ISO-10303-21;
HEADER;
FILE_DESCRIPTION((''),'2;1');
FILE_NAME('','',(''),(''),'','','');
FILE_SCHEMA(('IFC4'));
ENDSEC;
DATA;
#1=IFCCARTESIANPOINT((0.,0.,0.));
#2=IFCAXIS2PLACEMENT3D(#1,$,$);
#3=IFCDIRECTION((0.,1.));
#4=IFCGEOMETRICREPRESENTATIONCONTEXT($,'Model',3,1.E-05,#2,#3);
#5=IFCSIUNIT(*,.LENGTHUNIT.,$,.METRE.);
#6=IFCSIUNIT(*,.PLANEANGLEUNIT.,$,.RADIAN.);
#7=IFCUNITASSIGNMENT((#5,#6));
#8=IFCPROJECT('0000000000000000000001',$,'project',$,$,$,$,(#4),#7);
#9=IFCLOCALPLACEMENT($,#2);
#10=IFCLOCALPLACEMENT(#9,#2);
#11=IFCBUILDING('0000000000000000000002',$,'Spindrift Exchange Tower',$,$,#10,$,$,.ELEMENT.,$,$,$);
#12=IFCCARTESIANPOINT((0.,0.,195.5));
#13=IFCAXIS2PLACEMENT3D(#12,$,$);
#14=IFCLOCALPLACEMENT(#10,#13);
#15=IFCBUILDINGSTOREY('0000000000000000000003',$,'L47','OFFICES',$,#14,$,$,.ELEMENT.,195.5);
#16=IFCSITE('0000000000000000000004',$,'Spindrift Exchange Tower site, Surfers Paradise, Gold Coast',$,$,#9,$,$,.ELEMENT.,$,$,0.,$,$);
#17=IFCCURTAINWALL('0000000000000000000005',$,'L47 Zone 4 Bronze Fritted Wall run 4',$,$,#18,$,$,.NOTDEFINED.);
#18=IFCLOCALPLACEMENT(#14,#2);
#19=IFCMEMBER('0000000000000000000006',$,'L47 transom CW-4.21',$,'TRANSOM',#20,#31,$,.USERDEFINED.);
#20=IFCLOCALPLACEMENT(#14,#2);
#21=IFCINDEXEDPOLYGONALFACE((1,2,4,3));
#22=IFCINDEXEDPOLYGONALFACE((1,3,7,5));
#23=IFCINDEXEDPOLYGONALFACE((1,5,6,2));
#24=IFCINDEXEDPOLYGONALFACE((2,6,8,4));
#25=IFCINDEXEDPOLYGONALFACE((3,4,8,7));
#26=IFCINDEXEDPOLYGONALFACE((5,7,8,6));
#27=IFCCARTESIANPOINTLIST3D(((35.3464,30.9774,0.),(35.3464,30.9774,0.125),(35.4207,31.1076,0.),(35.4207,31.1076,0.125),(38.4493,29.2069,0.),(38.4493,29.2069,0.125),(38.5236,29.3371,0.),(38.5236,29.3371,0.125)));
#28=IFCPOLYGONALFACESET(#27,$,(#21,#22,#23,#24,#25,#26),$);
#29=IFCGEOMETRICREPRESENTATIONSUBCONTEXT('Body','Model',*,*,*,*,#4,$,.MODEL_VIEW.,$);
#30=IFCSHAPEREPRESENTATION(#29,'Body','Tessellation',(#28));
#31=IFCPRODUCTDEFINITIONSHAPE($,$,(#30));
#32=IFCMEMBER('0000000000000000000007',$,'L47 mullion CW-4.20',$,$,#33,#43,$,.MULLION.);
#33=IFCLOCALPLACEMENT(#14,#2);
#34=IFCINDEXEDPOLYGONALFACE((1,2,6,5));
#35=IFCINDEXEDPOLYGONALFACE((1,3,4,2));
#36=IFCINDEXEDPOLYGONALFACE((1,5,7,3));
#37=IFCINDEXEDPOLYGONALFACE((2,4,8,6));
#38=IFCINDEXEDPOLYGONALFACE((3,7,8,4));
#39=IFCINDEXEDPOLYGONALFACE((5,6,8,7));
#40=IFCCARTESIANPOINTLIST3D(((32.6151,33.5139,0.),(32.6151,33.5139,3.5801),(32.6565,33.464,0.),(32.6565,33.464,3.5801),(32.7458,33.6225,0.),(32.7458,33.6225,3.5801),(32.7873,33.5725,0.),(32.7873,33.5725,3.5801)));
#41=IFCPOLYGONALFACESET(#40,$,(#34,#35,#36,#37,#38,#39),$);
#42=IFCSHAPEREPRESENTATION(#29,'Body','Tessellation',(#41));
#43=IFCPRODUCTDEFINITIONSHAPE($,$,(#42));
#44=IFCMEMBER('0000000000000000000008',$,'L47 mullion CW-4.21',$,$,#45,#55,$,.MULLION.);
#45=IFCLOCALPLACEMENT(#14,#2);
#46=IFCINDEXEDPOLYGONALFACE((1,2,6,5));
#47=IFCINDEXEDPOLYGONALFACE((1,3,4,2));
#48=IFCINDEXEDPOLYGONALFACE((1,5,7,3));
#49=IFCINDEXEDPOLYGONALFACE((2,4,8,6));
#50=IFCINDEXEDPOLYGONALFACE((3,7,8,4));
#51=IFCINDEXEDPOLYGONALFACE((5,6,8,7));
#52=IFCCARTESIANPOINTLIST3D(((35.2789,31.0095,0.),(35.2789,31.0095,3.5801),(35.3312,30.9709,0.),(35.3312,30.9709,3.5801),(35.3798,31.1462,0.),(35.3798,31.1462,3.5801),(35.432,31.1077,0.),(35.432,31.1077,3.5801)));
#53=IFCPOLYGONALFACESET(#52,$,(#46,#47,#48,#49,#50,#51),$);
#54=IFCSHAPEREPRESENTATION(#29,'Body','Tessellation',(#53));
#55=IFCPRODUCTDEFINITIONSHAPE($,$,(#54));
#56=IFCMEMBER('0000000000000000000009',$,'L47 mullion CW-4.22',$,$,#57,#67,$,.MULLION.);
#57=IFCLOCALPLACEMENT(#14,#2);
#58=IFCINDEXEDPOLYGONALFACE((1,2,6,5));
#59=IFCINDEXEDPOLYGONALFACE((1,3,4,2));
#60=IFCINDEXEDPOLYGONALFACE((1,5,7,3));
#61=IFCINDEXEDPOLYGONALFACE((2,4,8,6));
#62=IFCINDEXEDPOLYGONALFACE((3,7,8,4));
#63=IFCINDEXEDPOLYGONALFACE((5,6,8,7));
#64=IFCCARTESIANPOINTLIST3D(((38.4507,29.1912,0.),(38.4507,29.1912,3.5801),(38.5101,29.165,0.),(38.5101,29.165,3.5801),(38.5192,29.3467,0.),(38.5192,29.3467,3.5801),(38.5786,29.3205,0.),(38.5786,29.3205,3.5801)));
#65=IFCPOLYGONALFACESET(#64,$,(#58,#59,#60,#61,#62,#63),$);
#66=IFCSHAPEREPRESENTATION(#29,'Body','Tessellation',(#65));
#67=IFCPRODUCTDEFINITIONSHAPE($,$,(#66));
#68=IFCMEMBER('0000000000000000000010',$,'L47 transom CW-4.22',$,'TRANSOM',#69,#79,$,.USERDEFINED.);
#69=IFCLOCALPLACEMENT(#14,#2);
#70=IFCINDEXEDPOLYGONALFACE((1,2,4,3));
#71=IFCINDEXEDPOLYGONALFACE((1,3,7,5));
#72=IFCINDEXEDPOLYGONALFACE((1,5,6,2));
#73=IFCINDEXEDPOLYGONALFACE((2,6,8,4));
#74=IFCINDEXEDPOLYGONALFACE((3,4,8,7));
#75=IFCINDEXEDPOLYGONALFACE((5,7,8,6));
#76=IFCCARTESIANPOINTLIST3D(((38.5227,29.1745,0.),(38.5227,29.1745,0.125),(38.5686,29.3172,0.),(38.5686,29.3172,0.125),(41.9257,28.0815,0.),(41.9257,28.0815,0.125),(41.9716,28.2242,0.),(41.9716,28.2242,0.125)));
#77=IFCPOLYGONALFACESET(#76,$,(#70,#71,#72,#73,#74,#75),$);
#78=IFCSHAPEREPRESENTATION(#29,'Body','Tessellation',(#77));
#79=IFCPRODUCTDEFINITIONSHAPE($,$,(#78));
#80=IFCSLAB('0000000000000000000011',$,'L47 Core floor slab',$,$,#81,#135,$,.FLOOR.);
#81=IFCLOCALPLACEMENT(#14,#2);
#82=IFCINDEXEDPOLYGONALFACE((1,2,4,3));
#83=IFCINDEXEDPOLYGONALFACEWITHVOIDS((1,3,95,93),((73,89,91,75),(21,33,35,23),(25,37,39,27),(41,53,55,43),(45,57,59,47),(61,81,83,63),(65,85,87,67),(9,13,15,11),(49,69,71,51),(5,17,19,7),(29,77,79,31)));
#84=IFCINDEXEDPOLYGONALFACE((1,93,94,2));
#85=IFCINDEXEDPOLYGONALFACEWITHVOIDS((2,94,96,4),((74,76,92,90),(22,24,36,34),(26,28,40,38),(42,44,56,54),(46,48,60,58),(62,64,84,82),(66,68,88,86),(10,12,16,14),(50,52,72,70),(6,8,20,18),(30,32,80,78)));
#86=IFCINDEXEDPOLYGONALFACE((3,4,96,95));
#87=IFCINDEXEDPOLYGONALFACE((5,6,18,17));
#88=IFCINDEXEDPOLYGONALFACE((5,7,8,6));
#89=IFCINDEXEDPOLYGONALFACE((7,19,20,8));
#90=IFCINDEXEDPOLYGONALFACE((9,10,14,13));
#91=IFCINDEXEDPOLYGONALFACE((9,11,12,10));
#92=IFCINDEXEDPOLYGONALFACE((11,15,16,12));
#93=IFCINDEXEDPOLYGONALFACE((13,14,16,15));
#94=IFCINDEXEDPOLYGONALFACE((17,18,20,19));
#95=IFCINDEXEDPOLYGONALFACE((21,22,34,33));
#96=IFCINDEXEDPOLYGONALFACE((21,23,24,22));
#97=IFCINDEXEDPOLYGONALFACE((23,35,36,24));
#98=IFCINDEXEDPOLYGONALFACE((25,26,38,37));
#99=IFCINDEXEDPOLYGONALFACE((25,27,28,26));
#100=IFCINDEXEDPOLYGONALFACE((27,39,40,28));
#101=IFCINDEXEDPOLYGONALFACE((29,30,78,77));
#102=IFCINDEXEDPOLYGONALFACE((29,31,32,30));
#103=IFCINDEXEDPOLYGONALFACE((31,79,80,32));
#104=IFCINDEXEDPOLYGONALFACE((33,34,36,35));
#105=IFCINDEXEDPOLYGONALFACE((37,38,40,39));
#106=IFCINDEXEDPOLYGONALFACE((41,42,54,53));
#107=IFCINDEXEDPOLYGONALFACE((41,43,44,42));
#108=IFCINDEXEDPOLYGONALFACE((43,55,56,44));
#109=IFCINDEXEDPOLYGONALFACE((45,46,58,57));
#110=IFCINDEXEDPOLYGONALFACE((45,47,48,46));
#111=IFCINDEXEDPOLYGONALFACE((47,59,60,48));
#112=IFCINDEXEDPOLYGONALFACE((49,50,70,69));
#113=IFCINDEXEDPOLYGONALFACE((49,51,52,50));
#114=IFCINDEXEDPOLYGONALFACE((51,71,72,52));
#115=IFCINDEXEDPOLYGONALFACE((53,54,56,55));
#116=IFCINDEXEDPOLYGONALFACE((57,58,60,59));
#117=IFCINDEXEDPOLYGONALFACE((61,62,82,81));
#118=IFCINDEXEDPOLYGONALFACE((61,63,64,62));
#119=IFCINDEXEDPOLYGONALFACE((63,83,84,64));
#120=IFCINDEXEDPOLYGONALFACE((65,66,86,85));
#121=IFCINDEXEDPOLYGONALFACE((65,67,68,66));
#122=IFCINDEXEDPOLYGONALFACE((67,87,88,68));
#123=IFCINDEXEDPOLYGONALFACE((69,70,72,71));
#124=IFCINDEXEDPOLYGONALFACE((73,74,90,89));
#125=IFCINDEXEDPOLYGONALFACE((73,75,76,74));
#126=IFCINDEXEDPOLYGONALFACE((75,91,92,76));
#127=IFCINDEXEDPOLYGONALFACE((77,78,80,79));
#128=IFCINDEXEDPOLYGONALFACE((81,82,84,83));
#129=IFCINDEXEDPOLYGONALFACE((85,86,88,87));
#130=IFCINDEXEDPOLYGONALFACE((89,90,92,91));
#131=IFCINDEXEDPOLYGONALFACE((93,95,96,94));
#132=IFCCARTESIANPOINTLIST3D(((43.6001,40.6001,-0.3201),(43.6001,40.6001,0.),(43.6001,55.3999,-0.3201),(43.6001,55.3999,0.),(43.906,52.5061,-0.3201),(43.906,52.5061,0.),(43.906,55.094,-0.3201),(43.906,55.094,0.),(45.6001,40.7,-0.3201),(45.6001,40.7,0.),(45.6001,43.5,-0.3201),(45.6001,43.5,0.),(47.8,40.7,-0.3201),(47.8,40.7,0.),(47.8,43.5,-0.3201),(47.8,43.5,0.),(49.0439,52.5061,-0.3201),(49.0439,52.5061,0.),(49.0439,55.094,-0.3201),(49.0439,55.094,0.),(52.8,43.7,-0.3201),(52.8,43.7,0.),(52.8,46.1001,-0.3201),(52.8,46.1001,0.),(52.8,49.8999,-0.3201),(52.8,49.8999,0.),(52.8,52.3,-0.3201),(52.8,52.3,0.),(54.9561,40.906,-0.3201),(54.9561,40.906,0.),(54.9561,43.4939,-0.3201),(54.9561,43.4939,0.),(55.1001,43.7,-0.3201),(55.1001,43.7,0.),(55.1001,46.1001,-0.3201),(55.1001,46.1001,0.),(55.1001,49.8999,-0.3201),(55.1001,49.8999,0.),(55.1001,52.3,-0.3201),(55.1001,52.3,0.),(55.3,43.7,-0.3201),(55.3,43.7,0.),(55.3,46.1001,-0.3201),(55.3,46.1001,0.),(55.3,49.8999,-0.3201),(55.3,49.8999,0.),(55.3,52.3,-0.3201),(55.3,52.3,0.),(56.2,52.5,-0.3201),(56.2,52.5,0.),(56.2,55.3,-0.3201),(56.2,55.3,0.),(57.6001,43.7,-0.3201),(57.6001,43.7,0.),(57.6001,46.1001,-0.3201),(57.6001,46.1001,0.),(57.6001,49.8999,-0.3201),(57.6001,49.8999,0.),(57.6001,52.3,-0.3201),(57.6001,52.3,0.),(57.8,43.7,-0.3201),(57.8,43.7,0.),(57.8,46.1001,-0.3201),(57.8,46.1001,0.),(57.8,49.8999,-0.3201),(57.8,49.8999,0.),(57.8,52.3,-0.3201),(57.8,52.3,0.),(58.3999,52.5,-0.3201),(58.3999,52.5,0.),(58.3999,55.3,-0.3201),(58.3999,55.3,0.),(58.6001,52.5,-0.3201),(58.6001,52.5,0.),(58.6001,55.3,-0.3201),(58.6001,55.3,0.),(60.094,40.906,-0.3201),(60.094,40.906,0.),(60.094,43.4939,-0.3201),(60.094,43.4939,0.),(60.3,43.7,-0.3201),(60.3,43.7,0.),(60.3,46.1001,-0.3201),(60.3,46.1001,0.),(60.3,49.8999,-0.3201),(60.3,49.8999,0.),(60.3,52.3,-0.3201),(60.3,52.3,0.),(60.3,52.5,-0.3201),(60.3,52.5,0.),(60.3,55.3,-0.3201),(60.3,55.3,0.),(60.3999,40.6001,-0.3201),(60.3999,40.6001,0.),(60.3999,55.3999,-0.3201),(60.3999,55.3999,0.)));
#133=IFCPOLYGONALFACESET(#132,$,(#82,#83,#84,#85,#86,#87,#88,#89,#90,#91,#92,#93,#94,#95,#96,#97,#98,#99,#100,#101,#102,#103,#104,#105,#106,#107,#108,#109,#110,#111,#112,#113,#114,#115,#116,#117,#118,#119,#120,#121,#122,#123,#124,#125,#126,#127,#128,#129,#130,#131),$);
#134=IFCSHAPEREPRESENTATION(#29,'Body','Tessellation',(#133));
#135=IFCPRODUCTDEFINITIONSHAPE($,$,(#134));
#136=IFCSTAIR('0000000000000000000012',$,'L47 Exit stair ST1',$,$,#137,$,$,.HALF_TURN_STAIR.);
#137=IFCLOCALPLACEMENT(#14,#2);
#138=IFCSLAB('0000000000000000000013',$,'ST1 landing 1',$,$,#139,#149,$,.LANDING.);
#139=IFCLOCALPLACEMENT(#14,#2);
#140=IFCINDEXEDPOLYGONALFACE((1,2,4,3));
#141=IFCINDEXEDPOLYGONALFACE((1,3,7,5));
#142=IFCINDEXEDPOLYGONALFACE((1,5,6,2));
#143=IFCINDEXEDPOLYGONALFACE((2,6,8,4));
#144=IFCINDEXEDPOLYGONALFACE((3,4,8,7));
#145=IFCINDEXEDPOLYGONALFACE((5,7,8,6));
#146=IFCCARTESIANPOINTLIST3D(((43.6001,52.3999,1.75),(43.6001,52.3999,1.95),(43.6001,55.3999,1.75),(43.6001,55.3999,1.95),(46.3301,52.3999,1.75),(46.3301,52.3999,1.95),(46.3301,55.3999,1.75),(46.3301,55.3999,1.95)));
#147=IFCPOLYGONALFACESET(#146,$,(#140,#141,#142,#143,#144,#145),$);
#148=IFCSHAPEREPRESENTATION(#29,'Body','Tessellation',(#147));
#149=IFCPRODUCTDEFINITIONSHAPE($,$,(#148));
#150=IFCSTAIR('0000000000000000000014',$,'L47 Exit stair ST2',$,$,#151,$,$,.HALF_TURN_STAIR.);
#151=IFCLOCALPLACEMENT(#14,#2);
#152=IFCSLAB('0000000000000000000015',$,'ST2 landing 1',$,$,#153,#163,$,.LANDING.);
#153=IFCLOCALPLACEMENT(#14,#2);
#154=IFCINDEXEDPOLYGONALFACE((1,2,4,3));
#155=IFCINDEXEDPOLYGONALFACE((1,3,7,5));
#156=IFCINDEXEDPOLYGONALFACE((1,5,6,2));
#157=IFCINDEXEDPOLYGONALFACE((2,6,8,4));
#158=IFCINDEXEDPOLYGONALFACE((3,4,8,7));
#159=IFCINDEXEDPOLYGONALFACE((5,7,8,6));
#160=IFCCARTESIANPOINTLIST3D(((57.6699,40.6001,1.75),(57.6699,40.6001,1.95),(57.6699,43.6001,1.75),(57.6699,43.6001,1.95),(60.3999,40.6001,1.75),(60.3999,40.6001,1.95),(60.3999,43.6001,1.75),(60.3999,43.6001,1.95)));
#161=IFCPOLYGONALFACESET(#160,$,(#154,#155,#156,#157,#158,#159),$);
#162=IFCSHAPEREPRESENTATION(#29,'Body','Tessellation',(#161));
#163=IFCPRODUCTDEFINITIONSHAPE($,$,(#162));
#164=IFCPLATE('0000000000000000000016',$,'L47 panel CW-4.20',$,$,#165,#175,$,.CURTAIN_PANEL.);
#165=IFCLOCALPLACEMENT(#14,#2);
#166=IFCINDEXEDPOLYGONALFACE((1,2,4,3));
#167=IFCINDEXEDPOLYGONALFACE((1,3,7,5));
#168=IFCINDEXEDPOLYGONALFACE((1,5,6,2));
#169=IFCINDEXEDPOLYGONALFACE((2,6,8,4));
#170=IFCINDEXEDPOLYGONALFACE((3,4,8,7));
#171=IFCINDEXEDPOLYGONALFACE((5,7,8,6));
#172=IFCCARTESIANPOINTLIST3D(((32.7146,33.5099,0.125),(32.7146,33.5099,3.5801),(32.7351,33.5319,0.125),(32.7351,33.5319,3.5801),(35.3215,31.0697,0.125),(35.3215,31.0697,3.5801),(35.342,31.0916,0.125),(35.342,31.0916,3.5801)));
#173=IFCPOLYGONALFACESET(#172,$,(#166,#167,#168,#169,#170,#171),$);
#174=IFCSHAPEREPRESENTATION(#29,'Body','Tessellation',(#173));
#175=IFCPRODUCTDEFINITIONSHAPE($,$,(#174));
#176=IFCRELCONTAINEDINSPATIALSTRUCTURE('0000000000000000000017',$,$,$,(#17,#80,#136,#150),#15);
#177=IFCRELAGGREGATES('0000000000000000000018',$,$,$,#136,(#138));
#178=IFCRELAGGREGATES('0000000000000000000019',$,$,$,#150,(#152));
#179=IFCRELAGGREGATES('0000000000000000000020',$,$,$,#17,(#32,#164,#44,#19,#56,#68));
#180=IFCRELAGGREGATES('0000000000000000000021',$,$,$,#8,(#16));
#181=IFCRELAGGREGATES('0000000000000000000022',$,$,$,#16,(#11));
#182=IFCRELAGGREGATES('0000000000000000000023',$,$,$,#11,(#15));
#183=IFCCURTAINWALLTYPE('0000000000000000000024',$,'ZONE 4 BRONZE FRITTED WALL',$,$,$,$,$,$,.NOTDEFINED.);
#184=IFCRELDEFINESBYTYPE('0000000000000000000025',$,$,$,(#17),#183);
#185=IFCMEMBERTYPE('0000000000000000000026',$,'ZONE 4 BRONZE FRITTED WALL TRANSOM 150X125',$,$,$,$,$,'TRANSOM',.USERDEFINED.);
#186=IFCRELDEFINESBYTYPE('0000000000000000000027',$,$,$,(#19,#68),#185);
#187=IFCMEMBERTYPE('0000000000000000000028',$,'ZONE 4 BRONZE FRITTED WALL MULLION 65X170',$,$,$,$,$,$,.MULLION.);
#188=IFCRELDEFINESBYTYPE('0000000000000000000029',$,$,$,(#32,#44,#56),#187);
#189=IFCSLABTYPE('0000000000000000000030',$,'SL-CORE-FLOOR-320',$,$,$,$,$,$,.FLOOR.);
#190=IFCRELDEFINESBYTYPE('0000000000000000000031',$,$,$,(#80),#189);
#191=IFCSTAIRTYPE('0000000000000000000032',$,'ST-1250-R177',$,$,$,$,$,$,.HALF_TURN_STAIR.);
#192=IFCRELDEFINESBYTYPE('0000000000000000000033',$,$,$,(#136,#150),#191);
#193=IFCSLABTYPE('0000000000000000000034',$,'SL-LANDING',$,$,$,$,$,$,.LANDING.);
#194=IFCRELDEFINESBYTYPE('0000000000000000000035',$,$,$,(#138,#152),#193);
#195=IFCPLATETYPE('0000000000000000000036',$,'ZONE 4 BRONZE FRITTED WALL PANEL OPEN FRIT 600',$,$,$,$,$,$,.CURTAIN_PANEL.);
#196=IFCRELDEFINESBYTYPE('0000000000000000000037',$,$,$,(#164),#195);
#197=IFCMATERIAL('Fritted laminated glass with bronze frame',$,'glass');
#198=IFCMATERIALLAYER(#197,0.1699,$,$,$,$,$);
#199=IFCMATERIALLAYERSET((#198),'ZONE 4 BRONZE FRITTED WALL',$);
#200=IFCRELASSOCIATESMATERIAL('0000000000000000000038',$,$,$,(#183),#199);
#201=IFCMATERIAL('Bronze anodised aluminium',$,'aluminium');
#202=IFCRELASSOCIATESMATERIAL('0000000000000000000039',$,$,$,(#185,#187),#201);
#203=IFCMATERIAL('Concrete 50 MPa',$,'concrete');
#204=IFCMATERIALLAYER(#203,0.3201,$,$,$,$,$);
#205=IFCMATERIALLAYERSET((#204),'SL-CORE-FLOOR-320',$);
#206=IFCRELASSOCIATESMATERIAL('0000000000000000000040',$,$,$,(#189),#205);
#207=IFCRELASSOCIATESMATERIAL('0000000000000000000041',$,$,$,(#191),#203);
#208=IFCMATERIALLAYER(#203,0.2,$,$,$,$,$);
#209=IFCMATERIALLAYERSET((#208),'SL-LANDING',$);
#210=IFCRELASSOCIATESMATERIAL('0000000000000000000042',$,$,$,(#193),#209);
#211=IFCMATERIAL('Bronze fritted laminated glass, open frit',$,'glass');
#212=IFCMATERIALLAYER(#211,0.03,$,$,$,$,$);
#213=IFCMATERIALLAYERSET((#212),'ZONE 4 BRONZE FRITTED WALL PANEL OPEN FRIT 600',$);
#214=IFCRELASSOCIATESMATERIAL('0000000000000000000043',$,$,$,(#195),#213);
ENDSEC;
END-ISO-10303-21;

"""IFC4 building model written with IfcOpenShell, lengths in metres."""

from ifc_helpers import new_model, si_unit, direction, frame, origin, origin_2d, place, context, subcontext, project, spatial, line, indexed_curve, rectangle, outline, extrude, source, transform, mapped, material, layer, layer_set, material_profile, profile_set, type_object, element, aggregate, save


model = new_model("IFC4")

# Units and contexts
model_context = context("Model", 3, precision=1e-05, world=origin(), true_north=direction((0.0, 1.0)))
body_context = subcontext(model_context, "Body", "Model", "MODEL_VIEW")
ifc_project = project(units=[si_unit("LENGTHUNIT", "METRE"), si_unit("PLANEANGLEUNIT", "RADIAN")], contexts=[model_context])

# Site, building, storey
site_placement = place(None, origin())
site = spatial("IfcSite", under=ifc_project, at=site_placement, Name="Spindrift Exchange Tower site, Surfers Paradise, Gold Coast", CompositionType="ELEMENT", RefElevation=0.0)
building_placement = place(site_placement, origin())
building = spatial("IfcBuilding", under=site, at=building_placement, Name="Spindrift Exchange Tower", CompositionType="ELEMENT")
storey_placement = place(building_placement, frame((0.0, 0.0, 195.5)))
storey = spatial("IfcBuildingStorey", under=building, at=storey_placement, Name="L47", Description="OFFICES", CompositionType="ELEMENT", Elevation=195.5)

# Shared definitions
ifc_material_1 = material(Name="Concrete 50 MPa", Category="concrete")

# Curtain wall, members
ifc_material_2 = material(Name="Fritted laminated glass with bronze frame", Category="glass")
ifc_layer_1 = layer(ifc_material_2, 0.1699)
ifc_layer_set_1 = layer_set([ifc_layer_1], Name="ZONE 4 BRONZE FRITTED WALL")
curtain_wall_type = type_object("IfcCurtainWallType", Name="ZONE 4 BRONZE FRITTED WALL", PredefinedType="NOTDEFINED", material=ifc_layer_set_1)
curtain_wall_placement = place(storey_placement, origin())
curtain_wall = element("IfcCurtainWall", 1, at=curtain_wall_placement, inside=storey, type_object=curtain_wall_type, Name="L47 Zone 4 Bronze Fritted Wall run 4", PredefinedType="NOTDEFINED")
ifc_material_3 = material(Name="Bronze anodised aluminium", Category="aluminium")
ifc_material_profile_1 = material_profile(ifc_material_3, rectangle(XDim=0.1499, YDim=0.125, at=origin_2d()), Name="ZONE 4 BRONZE FRITTED WALL TRANSOM 150X125")
ifc_profile_set_1 = profile_set([ifc_material_profile_1], Name="Bronze anodised aluminium")
member_type_1 = type_object("IfcMemberType", Name="ZONE 4 BRONZE FRITTED WALL TRANSOM 150X125", ElementType="TRANSOM", PredefinedType="USERDEFINED", material=ifc_profile_set_1)
shared_shape_1 = source(origin(), body_context, "Body", "SweptSolid", [
    extrude(rectangle(XDim=0.1499, YDim=0.125, at=origin_2d()), origin(), (0.0, 0.0, 1.0), 3.5725),
])
member_1_placement = place(storey_placement, frame((35.3835, 31.0425, 0.0625), z_axis=(0.868563, -0.49558, 0.0), x_axis=(0.49558, 0.868563, 0.0)))
member_1 = element("IfcMember", 2, at=member_1_placement, type_object=member_type_1, Name="L47 transom CW-4.21", ObjectType="TRANSOM", PredefinedType="USERDEFINED", context=body_context, shape_type="MappedRepresentation", body=[
    mapped(shared_shape_1, transform((0.0, 0.0, 0.0), scale=1.0)),
])
ifc_material_profile_2 = material_profile(ifc_material_3, rectangle(XDim=0.0649, YDim=0.1699, at=origin_2d()), Name="ZONE 4 BRONZE FRITTED WALL MULLION 65X170")
ifc_profile_set_2 = profile_set([ifc_material_profile_2], Name="Bronze anodised aluminium")
member_type_2 = type_object("IfcMemberType", Name="ZONE 4 BRONZE FRITTED WALL MULLION 65X170", PredefinedType="MULLION", material=ifc_profile_set_2)
shared_shape_2 = source(origin(), body_context, "Body", "SweptSolid", [
    extrude(rectangle(XDim=0.0649, YDim=0.1699, at=origin_2d()), origin(), (0.0, 0.0, 1.0), 3.5801),
])
member_2_placement = place(storey_placement, frame((32.7012, 33.5432, 0.0), z_axis=(0.0, 0.0, 1.0), x_axis=(0.638807, -0.769367, 0.0)))
member_2 = element("IfcMember", 3, at=member_2_placement, type_object=member_type_2, Name="L47 mullion CW-4.20", PredefinedType="MULLION", context=body_context, shape_type="MappedRepresentation", body=[
    mapped(shared_shape_2, transform((0.0, 0.0, 0.0), scale=1.0)),
])
member_3_placement = place(storey_placement, frame((35.3555, 31.0586, 0.0), z_axis=(0.0, 0.0, 1.0), x_axis=(0.804802, -0.593544, 0.0)))
member_3 = element("IfcMember", 4, at=member_3_placement, type_object=member_type_2, Name="L47 mullion CW-4.21", PredefinedType="MULLION", context=body_context, shape_type="MappedRepresentation", body=[
    mapped(shared_shape_2, transform((0.0, 0.0, 0.0), scale=1.0)),
])
member_4_placement = place(storey_placement, frame((38.5146, 29.2559, 0.0), z_axis=(0.0, 0.0, 1.0), x_axis=(0.915261, -0.402861, 0.0)))
member_4 = element("IfcMember", 5, at=member_4_placement, type_object=member_type_2, Name="L47 mullion CW-4.22", PredefinedType="MULLION", context=body_context, shape_type="MappedRepresentation", body=[
    mapped(shared_shape_2, transform((0.0, 0.0, 0.0), scale=1.0)),
])
shared_shape_3 = source(origin(), body_context, "Body", "SweptSolid", [
    extrude(rectangle(XDim=0.1499, YDim=0.125, at=origin_2d()), origin(), (0.0, 0.0, 1.0), 3.5742),
])
member_5_placement = place(storey_placement, frame((38.5457, 29.2458, 0.0625), z_axis=(0.952096, -0.305799, 0.0), x_axis=(0.305799, 0.952096, 0.0)))
member_5 = element("IfcMember", 6, at=member_5_placement, type_object=member_type_1, Name="L47 transom CW-4.22", ObjectType="TRANSOM", PredefinedType="USERDEFINED", context=body_context, shape_type="MappedRepresentation", body=[
    mapped(shared_shape_3, transform((0.0, 0.0, 0.0), scale=1.0)),
])

# Slab
ifc_layer_2 = layer(ifc_material_1, 0.3201)
ifc_layer_set_2 = layer_set([ifc_layer_2], Name="SL-CORE-FLOOR-320")
slab_type_1 = type_object("IfcSlabType", Name="SL-CORE-FLOOR-320", PredefinedType="FLOOR", material=ifc_layer_set_2)
slab_1_placement = place(storey_placement, frame((0.0, 0.0, -0.3201)))
element("IfcSlab", 7, at=slab_1_placement, inside=storey, type_object=slab_type_1, Name="L47 Core floor slab", PredefinedType="FLOOR", context=body_context, shape_type="SweptSolid", body=[
    extrude(outline(indexed_curve([(43.6001, 40.6001), (43.6001, 55.3999), (60.3999, 55.3999), (60.3999, 40.6001)], segments=[line(1, 2, 3, 4, 1)], self_intersect=False), holes=[indexed_curve([(45.6001, 43.5), (45.6001, 40.7), (47.8, 40.7), (47.8, 43.5)], segments=[line(1, 2, 3, 4, 1)], self_intersect=False), indexed_curve([(52.8, 46.1001), (52.8, 43.7), (55.1001, 43.7), (55.1001, 46.1001)], segments=[line(1, 2, 3, 4, 1)], self_intersect=False), indexed_curve([(55.3, 46.1001), (55.3, 43.7), (57.6001, 43.7), (57.6001, 46.1001)], segments=[line(1, 2, 3, 4, 1)], self_intersect=False), indexed_curve([(55.1001, 52.3), (52.8, 52.3), (52.8, 49.8999), (55.1001, 49.8999)], segments=[line(1, 2, 3, 4, 1)], self_intersect=False), indexed_curve([(57.6001, 52.3), (55.3, 52.3), (55.3, 49.8999), (57.6001, 49.8999)], segments=[line(1, 2, 3, 4, 1)], self_intersect=False), indexed_curve([(43.906, 52.5061), (49.0439, 52.5061), (49.0439, 55.094), (43.906, 55.094)], segments=[line(1, 2, 3, 4, 1)], self_intersect=False), indexed_curve([(60.094, 40.906), (60.094, 43.4939), (54.9561, 43.4939), (54.9561, 40.906)], segments=[line(1, 2, 3, 4, 1)], self_intersect=False), indexed_curve([(60.3, 46.1001), (57.8, 46.1001), (57.8, 43.7), (60.3, 43.7)], segments=[line(1, 2, 3, 4, 1)], self_intersect=False), indexed_curve([(57.8, 52.3), (57.8, 49.8999), (60.3, 49.8999), (60.3, 52.3)], segments=[line(1, 2, 3, 4, 1)], self_intersect=False), indexed_curve([(58.3999, 55.3), (56.2, 55.3), (56.2, 52.5), (58.3999, 52.5)], segments=[line(1, 2, 3, 4, 1)], self_intersect=False), indexed_curve([(60.3, 55.3), (58.6001, 55.3), (58.6001, 52.5), (60.3, 52.5)], segments=[line(1, 2, 3, 4, 1)], self_intersect=False)]), origin(), (0.0, 0.0, 1.0), 0.3201),
])

# Stairs, slabs
stair_type = type_object("IfcStairType", Name="ST-1250-R177", PredefinedType="HALF_TURN_STAIR", material=ifc_material_1)
stair_1_placement = place(storey_placement, origin())
stair_1 = element("IfcStair", 8, at=stair_1_placement, inside=storey, type_object=stair_type, Name="L47 Exit stair ST1", PredefinedType="HALF_TURN_STAIR")
ifc_layer_3 = layer(ifc_material_1, 0.2)
ifc_layer_set_3 = layer_set([ifc_layer_3], Name="SL-LANDING")
slab_type_2 = type_object("IfcSlabType", Name="SL-LANDING", PredefinedType="LANDING", material=ifc_layer_set_3)
slab_2_placement = place(storey_placement, frame((0.0, 0.0, 1.75)))
slab_2 = element("IfcSlab", 9, at=slab_2_placement, type_object=slab_type_2, Name="ST1 landing 1", PredefinedType="LANDING", context=body_context, shape_type="SweptSolid", body=[
    extrude(outline(indexed_curve([(46.3301, 52.3999), (43.6001, 52.3999), (43.6001, 55.3999), (46.3301, 55.3999)], segments=[line(1, 2, 3, 4, 1)], self_intersect=False)), origin(), (0.0, 0.0, 1.0), 0.2),
])
aggregate(stair_1, [slab_2])
stair_2_placement = place(storey_placement, origin())
stair_2 = element("IfcStair", 10, at=stair_2_placement, inside=storey, type_object=stair_type, Name="L47 Exit stair ST2", PredefinedType="HALF_TURN_STAIR")
slab_3_placement = place(storey_placement, frame((0.0, 0.0, 1.75)))
slab_3 = element("IfcSlab", 11, at=slab_3_placement, type_object=slab_type_2, Name="ST2 landing 1", PredefinedType="LANDING", context=body_context, shape_type="SweptSolid", body=[
    extrude(outline(indexed_curve([(57.6699, 43.6001), (60.3999, 43.6001), (60.3999, 40.6001), (57.6699, 40.6001)], segments=[line(1, 2, 3, 4, 1)], self_intersect=False)), origin(), (0.0, 0.0, 1.0), 0.2),
])
aggregate(stair_2, [slab_3])

# Plate
ifc_material_4 = material(Name="Bronze fritted laminated glass, open frit", Category="glass")
ifc_layer_4 = layer(ifc_material_4, 0.03)
ifc_layer_set_4 = layer_set([ifc_layer_4], Name="ZONE 4 BRONZE FRITTED WALL PANEL OPEN FRIT 600")
plate_type_1 = type_object("IfcPlateType", Name="ZONE 4 BRONZE FRITTED WALL PANEL OPEN FRIT 600", PredefinedType="CURTAIN_PANEL", material=ifc_layer_set_4)
shared_shape_4 = source(origin(), body_context, "Body", "SweptSolid", [
    extrude(rectangle(XDim=3.5708, YDim=0.03, at=origin_2d()), origin(), (0.0, 0.0, 1.0), 3.4551),
])
plate_1_placement = place(storey_placement, frame((34.0283, 32.3008, 0.125), z_axis=(0.0, 0.0, 1.0), x_axis=(0.73006, -0.683383, 0.0)))
plate_1 = element("IfcPlate", 12, at=plate_1_placement, type_object=plate_type_1, Name="L47 panel CW-4.20", PredefinedType="CURTAIN_PANEL", context=body_context, shape_type="MappedRepresentation", body=[
    mapped(shared_shape_4, transform((0.0, 0.0, 0.0), scale=1.0)),
])
aggregate(curtain_wall, [member_2, plate_1, member_3, member_1, member_4, member_5])

save(model, "model.ifc")
